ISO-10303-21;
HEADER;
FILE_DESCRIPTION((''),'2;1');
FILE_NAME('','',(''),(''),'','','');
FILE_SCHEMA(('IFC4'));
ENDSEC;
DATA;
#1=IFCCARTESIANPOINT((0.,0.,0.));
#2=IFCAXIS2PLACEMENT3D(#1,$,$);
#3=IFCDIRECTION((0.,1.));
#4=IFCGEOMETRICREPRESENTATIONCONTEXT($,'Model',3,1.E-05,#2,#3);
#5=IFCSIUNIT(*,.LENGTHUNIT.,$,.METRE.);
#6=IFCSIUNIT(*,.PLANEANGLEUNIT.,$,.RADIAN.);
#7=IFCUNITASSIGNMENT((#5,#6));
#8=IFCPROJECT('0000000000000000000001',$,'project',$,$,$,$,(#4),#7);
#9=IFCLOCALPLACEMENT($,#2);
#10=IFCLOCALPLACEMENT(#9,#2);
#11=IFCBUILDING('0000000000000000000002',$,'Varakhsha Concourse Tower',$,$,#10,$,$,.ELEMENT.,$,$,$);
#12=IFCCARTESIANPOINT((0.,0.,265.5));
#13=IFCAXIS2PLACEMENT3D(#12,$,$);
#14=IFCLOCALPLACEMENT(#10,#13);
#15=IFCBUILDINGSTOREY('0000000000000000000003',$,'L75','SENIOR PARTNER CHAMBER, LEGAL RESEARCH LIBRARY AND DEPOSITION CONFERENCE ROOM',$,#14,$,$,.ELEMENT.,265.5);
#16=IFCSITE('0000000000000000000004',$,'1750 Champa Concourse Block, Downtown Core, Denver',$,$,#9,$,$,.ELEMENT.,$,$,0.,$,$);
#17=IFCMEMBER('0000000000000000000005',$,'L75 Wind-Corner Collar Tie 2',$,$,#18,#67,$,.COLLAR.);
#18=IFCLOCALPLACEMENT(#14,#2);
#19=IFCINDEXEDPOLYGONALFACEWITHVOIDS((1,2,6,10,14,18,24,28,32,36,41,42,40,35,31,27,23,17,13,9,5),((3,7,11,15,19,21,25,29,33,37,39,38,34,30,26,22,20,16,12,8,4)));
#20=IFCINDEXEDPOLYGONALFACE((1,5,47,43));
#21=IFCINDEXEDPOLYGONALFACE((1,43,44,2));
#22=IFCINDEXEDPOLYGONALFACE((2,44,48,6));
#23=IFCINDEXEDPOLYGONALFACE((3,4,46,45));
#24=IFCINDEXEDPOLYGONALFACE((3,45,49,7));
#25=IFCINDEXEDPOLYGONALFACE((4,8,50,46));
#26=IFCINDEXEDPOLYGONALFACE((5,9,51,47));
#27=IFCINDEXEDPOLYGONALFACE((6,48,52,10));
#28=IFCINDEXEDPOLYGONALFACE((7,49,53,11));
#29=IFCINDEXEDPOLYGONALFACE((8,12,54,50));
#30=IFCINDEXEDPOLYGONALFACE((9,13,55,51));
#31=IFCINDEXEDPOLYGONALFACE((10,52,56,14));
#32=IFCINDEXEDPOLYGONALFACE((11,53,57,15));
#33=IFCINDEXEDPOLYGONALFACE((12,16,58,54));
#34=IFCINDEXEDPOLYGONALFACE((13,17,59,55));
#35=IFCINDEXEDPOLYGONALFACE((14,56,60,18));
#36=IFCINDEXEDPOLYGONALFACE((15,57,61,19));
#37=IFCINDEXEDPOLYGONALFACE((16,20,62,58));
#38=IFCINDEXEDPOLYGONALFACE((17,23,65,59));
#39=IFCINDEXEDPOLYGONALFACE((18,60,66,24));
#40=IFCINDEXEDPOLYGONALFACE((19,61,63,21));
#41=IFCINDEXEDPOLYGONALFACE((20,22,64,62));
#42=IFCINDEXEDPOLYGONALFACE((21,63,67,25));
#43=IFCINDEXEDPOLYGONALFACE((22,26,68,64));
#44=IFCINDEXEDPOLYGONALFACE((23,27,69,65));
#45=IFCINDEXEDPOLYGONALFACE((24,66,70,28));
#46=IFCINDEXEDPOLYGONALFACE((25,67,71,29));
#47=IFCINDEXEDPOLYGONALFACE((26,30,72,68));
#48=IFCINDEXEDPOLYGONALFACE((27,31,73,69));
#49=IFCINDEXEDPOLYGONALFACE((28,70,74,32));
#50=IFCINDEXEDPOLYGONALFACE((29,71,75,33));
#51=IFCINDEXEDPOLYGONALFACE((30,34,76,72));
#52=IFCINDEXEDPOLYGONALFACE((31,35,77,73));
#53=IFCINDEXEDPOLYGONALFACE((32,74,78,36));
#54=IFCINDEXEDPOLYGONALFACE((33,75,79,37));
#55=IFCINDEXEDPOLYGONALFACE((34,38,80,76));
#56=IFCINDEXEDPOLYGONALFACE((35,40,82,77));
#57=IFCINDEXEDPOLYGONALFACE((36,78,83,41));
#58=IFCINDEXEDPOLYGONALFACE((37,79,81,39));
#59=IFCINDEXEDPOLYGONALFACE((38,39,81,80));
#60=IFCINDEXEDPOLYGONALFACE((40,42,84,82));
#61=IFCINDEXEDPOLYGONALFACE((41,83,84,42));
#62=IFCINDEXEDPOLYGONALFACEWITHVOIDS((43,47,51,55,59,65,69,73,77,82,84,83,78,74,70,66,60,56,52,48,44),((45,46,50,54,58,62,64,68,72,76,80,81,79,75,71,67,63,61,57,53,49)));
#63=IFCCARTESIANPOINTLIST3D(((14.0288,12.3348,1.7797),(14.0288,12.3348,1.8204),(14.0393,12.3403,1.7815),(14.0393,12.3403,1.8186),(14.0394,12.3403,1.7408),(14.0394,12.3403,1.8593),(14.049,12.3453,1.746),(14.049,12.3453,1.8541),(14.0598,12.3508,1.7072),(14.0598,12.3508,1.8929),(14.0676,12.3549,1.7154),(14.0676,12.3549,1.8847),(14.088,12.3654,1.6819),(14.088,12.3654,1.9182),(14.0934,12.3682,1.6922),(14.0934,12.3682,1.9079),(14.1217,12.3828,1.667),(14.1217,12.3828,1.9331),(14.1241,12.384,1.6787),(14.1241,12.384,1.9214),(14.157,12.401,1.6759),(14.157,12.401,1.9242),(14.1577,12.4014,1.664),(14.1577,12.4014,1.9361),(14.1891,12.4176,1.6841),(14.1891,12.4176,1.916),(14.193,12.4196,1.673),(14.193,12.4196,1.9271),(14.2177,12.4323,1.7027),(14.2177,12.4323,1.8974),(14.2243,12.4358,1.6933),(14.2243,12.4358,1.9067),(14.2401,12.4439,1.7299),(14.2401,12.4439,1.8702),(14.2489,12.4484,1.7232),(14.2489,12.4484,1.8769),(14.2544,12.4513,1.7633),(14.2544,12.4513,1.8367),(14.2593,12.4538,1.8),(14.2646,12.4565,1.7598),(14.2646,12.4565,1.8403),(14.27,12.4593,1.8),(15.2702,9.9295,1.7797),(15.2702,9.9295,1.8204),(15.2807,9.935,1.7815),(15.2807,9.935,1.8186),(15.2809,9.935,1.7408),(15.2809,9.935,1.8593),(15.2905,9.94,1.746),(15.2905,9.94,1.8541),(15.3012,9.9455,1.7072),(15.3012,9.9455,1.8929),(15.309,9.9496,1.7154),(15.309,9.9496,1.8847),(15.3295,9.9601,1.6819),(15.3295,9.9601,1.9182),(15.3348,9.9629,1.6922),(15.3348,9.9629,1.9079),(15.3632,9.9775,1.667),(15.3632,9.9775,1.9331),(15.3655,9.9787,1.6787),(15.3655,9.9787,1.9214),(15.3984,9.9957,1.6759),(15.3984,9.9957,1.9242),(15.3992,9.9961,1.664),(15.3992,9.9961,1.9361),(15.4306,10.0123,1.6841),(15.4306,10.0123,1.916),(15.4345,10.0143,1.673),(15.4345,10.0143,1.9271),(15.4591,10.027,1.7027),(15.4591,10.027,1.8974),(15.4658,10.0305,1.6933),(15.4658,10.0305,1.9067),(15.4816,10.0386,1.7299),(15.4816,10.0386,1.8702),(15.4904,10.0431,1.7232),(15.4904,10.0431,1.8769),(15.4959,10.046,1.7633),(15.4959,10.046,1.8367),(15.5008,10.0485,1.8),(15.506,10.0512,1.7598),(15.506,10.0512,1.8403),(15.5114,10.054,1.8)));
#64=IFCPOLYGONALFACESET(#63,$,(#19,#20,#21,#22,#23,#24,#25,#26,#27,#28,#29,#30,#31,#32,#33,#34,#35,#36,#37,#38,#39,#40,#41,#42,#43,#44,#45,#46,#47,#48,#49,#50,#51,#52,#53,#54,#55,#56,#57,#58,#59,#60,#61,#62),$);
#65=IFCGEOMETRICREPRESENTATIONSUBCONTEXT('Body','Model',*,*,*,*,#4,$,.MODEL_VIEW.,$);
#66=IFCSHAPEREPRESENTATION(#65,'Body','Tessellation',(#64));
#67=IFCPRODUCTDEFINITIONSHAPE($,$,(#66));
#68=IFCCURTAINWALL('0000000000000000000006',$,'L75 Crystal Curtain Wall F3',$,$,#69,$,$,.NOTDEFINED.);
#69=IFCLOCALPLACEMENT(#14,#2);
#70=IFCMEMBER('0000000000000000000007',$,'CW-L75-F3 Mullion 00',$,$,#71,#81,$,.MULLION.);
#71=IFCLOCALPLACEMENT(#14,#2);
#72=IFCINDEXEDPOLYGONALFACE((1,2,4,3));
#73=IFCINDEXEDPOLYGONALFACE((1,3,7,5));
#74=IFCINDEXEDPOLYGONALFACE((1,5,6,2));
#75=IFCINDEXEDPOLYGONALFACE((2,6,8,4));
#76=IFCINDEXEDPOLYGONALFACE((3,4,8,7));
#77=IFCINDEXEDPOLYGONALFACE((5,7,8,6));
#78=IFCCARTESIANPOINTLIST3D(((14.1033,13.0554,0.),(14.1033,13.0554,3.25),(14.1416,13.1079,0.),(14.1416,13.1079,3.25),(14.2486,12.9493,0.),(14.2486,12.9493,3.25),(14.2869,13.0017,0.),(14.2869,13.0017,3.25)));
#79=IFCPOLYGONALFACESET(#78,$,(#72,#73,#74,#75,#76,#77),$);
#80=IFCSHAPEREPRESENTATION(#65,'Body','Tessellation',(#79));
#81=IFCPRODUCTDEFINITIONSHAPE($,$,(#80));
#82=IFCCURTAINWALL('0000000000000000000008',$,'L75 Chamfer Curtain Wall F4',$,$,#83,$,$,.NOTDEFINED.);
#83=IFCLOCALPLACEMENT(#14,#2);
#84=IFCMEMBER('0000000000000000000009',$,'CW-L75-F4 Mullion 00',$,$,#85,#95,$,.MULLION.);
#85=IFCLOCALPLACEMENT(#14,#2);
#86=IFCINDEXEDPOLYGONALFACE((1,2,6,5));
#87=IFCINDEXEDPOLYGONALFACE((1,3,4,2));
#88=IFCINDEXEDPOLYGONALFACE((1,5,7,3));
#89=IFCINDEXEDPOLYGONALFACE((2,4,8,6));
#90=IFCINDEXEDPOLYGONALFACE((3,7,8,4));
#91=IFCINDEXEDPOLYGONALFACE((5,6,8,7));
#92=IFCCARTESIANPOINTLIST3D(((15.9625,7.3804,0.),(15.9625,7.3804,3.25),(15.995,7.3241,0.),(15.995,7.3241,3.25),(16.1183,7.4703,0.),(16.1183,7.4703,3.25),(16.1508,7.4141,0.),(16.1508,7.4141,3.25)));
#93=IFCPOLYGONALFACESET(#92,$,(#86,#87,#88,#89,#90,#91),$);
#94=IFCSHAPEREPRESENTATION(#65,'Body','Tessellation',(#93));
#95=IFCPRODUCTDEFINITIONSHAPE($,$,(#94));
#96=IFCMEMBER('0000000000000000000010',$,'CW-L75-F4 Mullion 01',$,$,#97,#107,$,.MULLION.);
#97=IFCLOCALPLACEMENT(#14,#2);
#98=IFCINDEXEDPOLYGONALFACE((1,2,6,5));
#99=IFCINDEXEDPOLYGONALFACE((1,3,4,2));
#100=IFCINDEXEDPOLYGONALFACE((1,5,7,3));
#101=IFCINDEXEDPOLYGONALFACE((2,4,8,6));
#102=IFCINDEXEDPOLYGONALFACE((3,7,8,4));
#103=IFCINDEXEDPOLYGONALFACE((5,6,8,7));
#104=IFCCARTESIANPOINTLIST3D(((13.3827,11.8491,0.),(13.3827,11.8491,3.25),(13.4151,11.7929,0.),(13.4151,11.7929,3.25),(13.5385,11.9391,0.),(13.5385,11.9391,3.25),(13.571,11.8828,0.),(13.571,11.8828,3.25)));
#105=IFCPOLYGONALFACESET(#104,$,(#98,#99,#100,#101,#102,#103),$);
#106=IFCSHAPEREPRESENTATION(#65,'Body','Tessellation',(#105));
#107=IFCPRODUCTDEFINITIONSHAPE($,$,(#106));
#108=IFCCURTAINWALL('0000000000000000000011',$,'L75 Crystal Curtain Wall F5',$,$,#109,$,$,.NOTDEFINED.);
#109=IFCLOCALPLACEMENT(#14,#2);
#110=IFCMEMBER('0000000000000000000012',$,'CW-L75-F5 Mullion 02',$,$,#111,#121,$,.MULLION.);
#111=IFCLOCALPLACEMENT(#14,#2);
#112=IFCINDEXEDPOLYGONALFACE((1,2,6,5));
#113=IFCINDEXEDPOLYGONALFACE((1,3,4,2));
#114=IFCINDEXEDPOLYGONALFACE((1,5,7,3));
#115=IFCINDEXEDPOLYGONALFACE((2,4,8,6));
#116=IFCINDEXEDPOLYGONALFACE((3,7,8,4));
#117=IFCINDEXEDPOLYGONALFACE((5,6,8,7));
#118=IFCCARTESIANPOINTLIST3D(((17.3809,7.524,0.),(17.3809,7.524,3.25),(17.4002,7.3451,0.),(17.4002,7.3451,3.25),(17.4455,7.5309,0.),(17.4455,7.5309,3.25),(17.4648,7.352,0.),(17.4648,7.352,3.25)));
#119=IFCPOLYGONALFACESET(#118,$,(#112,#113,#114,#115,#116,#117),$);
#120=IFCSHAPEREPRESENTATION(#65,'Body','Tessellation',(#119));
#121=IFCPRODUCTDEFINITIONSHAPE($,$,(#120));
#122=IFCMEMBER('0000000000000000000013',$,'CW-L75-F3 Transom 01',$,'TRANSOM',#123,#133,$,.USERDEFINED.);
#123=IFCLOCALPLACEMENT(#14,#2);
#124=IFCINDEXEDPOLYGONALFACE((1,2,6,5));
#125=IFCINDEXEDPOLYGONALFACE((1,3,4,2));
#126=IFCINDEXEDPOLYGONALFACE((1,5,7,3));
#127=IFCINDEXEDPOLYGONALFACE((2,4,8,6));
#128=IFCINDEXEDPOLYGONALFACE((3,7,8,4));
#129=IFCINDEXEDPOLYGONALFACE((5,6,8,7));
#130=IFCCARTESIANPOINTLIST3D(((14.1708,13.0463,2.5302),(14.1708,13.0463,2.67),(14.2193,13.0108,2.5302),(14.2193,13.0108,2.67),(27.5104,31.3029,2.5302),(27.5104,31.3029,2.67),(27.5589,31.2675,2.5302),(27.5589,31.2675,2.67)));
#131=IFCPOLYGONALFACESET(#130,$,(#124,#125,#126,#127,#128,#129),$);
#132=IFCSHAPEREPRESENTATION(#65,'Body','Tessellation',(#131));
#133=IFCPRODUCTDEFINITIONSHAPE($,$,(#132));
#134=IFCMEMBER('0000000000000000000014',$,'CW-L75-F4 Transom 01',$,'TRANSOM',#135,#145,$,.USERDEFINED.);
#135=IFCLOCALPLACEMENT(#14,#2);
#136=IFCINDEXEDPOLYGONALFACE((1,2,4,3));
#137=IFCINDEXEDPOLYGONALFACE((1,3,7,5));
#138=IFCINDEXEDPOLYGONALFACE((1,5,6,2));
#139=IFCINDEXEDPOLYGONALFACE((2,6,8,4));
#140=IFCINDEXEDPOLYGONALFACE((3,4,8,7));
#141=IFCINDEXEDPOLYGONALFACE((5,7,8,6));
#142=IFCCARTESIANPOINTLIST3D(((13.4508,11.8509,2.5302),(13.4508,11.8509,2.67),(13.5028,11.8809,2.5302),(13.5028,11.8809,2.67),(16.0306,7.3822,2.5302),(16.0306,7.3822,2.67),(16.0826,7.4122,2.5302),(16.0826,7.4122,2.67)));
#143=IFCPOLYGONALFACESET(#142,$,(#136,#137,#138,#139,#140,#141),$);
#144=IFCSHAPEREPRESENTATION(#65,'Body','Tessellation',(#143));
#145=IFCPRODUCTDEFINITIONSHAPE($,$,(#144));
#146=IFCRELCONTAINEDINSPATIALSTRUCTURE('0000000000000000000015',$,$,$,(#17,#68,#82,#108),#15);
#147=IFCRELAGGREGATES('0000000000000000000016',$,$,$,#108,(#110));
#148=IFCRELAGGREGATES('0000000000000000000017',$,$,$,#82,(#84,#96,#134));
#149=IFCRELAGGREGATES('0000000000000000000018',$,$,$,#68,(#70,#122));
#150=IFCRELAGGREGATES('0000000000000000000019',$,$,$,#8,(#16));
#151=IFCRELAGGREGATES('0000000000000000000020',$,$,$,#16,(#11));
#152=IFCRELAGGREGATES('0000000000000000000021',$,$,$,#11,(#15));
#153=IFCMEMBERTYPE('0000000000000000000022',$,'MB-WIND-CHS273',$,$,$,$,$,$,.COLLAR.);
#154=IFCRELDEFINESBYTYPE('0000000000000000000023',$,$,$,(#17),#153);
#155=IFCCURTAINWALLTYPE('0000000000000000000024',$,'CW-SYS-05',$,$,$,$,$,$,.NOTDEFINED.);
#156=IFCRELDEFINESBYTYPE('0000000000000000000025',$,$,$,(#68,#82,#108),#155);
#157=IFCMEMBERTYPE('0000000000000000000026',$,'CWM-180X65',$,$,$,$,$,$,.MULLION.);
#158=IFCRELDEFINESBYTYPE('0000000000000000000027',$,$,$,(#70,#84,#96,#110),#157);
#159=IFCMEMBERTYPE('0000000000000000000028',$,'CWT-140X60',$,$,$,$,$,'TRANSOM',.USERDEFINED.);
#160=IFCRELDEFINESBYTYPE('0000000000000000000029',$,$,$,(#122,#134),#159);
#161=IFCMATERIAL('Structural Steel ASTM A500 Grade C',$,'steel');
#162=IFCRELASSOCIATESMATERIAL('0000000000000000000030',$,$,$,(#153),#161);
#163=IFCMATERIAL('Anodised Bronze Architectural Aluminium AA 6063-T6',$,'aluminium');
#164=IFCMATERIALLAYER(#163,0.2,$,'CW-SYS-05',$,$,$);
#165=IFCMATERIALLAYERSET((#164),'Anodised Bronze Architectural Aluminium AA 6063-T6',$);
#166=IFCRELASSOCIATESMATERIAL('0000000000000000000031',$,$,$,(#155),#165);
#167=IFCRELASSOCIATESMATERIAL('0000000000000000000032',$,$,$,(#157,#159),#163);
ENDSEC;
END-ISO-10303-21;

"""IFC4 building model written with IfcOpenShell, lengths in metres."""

from ifc_helpers import new_model, si_unit, direction, frame, origin, origin_2d, place, context, subcontext, project, spatial, rectangle, hollow_circle, extrude, source, transform, mapped, material, layer, layer_set, material_profile, profile_set, type_object, type_shapes, element, aggregate, save


model = new_model("IFC4")

# Units and contexts
model_context = context("Model", 3, precision=1e-05, world=origin(), true_north=direction((0.0, 1.0)))
body_context = subcontext(model_context, "Body", "Model", "MODEL_VIEW")
ifc_project = project(units=[si_unit("LENGTHUNIT", "METRE"), si_unit("PLANEANGLEUNIT", "RADIAN")], contexts=[model_context])

# Site, building, storey
site_placement = place(None, origin())
site = spatial("IfcSite", under=ifc_project, at=site_placement, Name="1750 Champa Concourse Block, Downtown Core, Denver", CompositionType="ELEMENT", RefElevation=0.0)
building_placement = place(site_placement, origin())
building = spatial("IfcBuilding", under=site, at=building_placement, Name="Varakhsha Concourse Tower", CompositionType="ELEMENT")
storey_placement = place(building_placement, frame((0.0, 0.0, 265.5)))
storey = spatial("IfcBuildingStorey", under=building, at=storey_placement, Name="L75", Description="SENIOR PARTNER CHAMBER, LEGAL RESEARCH LIBRARY AND DEPOSITION CONFERENCE ROOM", CompositionType="ELEMENT", Elevation=265.5)

# Member
ifc_material_1 = material(Name="Structural Steel ASTM A500 Grade C", Category="steel")
ifc_material_profile_1 = material_profile(ifc_material_1, hollow_circle(Radius=0.1365, WallThickness=0.012, at=origin_2d()), Name="CHS 273x12")
ifc_profile_set_1 = profile_set([ifc_material_profile_1], Name="Structural Steel ASTM A500 Grade C")
member_type_1 = type_object("IfcMemberType", Name="MB-WIND-CHS273", PredefinedType="COLLAR", material=ifc_profile_set_1)
shared_shape_1 = source(origin(), body_context, "Body", "SweptSolid", [
    extrude(hollow_circle(Radius=0.1365, WallThickness=0.012, at=origin_2d()), origin(), (0.0, 0.0, 1.0), 2.7068),
])
type_shapes(member_type_1, [shared_shape_1])
member_1_placement = place(storey_placement, frame((14.1487, 12.3967, 1.8), z_axis=(0.45865, -0.888617, 0.0), x_axis=(0.888617, 0.45865, 0.0)))
element("IfcMember", 1, at=member_1_placement, inside=storey, type_object=member_type_1, Name="L75 Wind-Corner Collar Tie 2", PredefinedType="COLLAR", context=body_context, shape_type="MappedRepresentation", body=[
    mapped(shared_shape_1, transform((0.0, 0.0, 0.0), scale=1.0)),
])

# Curtain wall, member
ifc_material_2 = material(Name="Anodised Bronze Architectural Aluminium AA 6063-T6", Category="aluminium")
ifc_layer_1 = layer(ifc_material_2, 0.2, Name="CW-SYS-05")
ifc_layer_set_1 = layer_set([ifc_layer_1], Name="Anodised Bronze Architectural Aluminium AA 6063-T6")
curtain_wall_type = type_object("IfcCurtainWallType", Name="CW-SYS-05", PredefinedType="NOTDEFINED", material=ifc_layer_set_1)
curtain_wall_1_placement = place(storey_placement, origin())
curtain_wall_1 = element("IfcCurtainWall", 2, at=curtain_wall_1_placement, inside=storey, type_object=curtain_wall_type, Name="L75 Crystal Curtain Wall F3", PredefinedType="NOTDEFINED")
ifc_material_profile_2 = material_profile(ifc_material_2, rectangle(XDim=0.0649, YDim=0.1799, at=origin_2d()), Name="CWM-180X65")
ifc_profile_set_2 = profile_set([ifc_material_profile_2], Name="Anodised Bronze Architectural Aluminium AA 6063-T6")
member_type_2 = type_object("IfcMemberType", Name="CWM-180X65", PredefinedType="MULLION", material=ifc_profile_set_2)
shared_shape_2 = source(origin(), body_context, "Body", "SweptSolid", [
    extrude(rectangle(XDim=0.0649, YDim=0.1799, at=origin_2d()), origin(), (0.0, 0.0, 1.0), 3.25),
])
type_shapes(member_type_2, [shared_shape_2])
member_2_placement = place(storey_placement, frame((14.1951, 13.0286, 0.0), z_axis=(0.0, 0.0, 1.0), x_axis=(0.58996, 0.807432, 0.0)))
member_2 = element("IfcMember", 3, at=member_2_placement, type_object=member_type_2, Name="CW-L75-F3 Mullion 00", PredefinedType="MULLION", context=body_context, shape_type="MappedRepresentation", body=[
    mapped(shared_shape_2, transform((0.0, 0.0, 0.0), scale=1.0)),
])

# Curtain wall, members
curtain_wall_2_placement = place(storey_placement, origin())
curtain_wall_2 = element("IfcCurtainWall", 4, at=curtain_wall_2_placement, inside=storey, type_object=curtain_wall_type, Name="L75 Chamfer Curtain Wall F4", PredefinedType="NOTDEFINED")
member_3_placement = place(storey_placement, frame((16.0566, 7.3972, 0.0), z_axis=(0.0, 0.0, 1.0), x_axis=(-0.499991, 0.866031, 0.0)))
member_3 = element("IfcMember", 5, at=member_3_placement, type_object=member_type_2, Name="CW-L75-F4 Mullion 00", PredefinedType="MULLION", context=body_context, shape_type="MappedRepresentation", body=[
    mapped(shared_shape_2, transform((0.0, 0.0, 0.0), scale=1.0)),
])
member_4_placement = place(storey_placement, frame((13.4768, 11.866, 0.0), z_axis=(0.0, 0.0, 1.0), x_axis=(-0.499991, 0.866031, 0.0)))
member_4 = element("IfcMember", 6, at=member_4_placement, type_object=member_type_2, Name="CW-L75-F4 Mullion 01", PredefinedType="MULLION", context=body_context, shape_type="MappedRepresentation", body=[
    mapped(shared_shape_2, transform((0.0, 0.0, 0.0), scale=1.0)),
])

# Curtain wall, member
curtain_wall_3_placement = place(storey_placement, origin())
curtain_wall_3 = element("IfcCurtainWall", 7, at=curtain_wall_3_placement, inside=storey, type_object=curtain_wall_type, Name="L75 Crystal Curtain Wall F5", PredefinedType="NOTDEFINED")
member_5_placement = place(storey_placement, frame((17.4229, 7.438, 0.0), z_axis=(0.0, 0.0, 1.0), x_axis=(-0.994236, -0.10721, 0.0)))
member_5 = element("IfcMember", 8, at=member_5_placement, type_object=member_type_2, Name="CW-L75-F5 Mullion 02", PredefinedType="MULLION", context=body_context, shape_type="MappedRepresentation", body=[
    mapped(shared_shape_2, transform((0.0, 0.0, 0.0), scale=1.0)),
])
aggregate(curtain_wall_3, [member_5])

# Members
ifc_material_profile_3 = material_profile(ifc_material_2, rectangle(XDim=0.0601, YDim=0.1399, at=origin_2d()), Name="CWT-140X60")
ifc_profile_set_3 = profile_set([ifc_material_profile_3], Name="Anodised Bronze Architectural Aluminium AA 6063-T6")
member_type_3 = type_object("IfcMemberType", Name="CWT-140X60", ElementType="TRANSOM", PredefinedType="USERDEFINED", material=ifc_profile_set_3)
shared_shape_3 = source(origin(), body_context, "Body", "SweptSolid", [
    extrude(rectangle(XDim=0.0601, YDim=0.1399, at=origin_2d()), origin(), (0.0, 0.0, 1.0), 22.6108),
])
member_6_placement = place(storey_placement, frame((14.1951, 13.0286, 2.6001), z_axis=(0.589966, 0.807428, 0.0), x_axis=(-0.807428, 0.589966, 0.0)))
member_6 = element("IfcMember", 9, at=member_6_placement, type_object=member_type_3, Name="CW-L75-F3 Transom 01", ObjectType="TRANSOM", PredefinedType="USERDEFINED", context=body_context, shape_type="MappedRepresentation", body=[
    mapped(shared_shape_3, transform((0.0, 0.0, 0.0), scale=1.0)),
])
shared_shape_4 = source(origin(), body_context, "Body", "SweptSolid", [
    extrude(rectangle(XDim=0.0601, YDim=0.1399, at=origin_2d()), origin(), (0.0, 0.0, 1.0), 5.1599),
])
type_shapes(member_type_3, [shared_shape_3, shared_shape_4])
member_7_placement = place(storey_placement, frame((16.0566, 7.3972, 2.6001), z_axis=(-0.499971, 0.866042, 0.0), x_axis=(-0.866042, -0.499971, 0.0)))
member_7 = element("IfcMember", 10, at=member_7_placement, type_object=member_type_3, Name="CW-L75-F4 Transom 01", ObjectType="TRANSOM", PredefinedType="USERDEFINED", context=body_context, shape_type="MappedRepresentation", body=[
    mapped(shared_shape_4, transform((0.0, 0.0, 0.0), scale=1.0)),
])

aggregate(curtain_wall_2, [member_3, member_4, member_7])
aggregate(curtain_wall_1, [member_2, member_6])

save(model, "model.ifc")
